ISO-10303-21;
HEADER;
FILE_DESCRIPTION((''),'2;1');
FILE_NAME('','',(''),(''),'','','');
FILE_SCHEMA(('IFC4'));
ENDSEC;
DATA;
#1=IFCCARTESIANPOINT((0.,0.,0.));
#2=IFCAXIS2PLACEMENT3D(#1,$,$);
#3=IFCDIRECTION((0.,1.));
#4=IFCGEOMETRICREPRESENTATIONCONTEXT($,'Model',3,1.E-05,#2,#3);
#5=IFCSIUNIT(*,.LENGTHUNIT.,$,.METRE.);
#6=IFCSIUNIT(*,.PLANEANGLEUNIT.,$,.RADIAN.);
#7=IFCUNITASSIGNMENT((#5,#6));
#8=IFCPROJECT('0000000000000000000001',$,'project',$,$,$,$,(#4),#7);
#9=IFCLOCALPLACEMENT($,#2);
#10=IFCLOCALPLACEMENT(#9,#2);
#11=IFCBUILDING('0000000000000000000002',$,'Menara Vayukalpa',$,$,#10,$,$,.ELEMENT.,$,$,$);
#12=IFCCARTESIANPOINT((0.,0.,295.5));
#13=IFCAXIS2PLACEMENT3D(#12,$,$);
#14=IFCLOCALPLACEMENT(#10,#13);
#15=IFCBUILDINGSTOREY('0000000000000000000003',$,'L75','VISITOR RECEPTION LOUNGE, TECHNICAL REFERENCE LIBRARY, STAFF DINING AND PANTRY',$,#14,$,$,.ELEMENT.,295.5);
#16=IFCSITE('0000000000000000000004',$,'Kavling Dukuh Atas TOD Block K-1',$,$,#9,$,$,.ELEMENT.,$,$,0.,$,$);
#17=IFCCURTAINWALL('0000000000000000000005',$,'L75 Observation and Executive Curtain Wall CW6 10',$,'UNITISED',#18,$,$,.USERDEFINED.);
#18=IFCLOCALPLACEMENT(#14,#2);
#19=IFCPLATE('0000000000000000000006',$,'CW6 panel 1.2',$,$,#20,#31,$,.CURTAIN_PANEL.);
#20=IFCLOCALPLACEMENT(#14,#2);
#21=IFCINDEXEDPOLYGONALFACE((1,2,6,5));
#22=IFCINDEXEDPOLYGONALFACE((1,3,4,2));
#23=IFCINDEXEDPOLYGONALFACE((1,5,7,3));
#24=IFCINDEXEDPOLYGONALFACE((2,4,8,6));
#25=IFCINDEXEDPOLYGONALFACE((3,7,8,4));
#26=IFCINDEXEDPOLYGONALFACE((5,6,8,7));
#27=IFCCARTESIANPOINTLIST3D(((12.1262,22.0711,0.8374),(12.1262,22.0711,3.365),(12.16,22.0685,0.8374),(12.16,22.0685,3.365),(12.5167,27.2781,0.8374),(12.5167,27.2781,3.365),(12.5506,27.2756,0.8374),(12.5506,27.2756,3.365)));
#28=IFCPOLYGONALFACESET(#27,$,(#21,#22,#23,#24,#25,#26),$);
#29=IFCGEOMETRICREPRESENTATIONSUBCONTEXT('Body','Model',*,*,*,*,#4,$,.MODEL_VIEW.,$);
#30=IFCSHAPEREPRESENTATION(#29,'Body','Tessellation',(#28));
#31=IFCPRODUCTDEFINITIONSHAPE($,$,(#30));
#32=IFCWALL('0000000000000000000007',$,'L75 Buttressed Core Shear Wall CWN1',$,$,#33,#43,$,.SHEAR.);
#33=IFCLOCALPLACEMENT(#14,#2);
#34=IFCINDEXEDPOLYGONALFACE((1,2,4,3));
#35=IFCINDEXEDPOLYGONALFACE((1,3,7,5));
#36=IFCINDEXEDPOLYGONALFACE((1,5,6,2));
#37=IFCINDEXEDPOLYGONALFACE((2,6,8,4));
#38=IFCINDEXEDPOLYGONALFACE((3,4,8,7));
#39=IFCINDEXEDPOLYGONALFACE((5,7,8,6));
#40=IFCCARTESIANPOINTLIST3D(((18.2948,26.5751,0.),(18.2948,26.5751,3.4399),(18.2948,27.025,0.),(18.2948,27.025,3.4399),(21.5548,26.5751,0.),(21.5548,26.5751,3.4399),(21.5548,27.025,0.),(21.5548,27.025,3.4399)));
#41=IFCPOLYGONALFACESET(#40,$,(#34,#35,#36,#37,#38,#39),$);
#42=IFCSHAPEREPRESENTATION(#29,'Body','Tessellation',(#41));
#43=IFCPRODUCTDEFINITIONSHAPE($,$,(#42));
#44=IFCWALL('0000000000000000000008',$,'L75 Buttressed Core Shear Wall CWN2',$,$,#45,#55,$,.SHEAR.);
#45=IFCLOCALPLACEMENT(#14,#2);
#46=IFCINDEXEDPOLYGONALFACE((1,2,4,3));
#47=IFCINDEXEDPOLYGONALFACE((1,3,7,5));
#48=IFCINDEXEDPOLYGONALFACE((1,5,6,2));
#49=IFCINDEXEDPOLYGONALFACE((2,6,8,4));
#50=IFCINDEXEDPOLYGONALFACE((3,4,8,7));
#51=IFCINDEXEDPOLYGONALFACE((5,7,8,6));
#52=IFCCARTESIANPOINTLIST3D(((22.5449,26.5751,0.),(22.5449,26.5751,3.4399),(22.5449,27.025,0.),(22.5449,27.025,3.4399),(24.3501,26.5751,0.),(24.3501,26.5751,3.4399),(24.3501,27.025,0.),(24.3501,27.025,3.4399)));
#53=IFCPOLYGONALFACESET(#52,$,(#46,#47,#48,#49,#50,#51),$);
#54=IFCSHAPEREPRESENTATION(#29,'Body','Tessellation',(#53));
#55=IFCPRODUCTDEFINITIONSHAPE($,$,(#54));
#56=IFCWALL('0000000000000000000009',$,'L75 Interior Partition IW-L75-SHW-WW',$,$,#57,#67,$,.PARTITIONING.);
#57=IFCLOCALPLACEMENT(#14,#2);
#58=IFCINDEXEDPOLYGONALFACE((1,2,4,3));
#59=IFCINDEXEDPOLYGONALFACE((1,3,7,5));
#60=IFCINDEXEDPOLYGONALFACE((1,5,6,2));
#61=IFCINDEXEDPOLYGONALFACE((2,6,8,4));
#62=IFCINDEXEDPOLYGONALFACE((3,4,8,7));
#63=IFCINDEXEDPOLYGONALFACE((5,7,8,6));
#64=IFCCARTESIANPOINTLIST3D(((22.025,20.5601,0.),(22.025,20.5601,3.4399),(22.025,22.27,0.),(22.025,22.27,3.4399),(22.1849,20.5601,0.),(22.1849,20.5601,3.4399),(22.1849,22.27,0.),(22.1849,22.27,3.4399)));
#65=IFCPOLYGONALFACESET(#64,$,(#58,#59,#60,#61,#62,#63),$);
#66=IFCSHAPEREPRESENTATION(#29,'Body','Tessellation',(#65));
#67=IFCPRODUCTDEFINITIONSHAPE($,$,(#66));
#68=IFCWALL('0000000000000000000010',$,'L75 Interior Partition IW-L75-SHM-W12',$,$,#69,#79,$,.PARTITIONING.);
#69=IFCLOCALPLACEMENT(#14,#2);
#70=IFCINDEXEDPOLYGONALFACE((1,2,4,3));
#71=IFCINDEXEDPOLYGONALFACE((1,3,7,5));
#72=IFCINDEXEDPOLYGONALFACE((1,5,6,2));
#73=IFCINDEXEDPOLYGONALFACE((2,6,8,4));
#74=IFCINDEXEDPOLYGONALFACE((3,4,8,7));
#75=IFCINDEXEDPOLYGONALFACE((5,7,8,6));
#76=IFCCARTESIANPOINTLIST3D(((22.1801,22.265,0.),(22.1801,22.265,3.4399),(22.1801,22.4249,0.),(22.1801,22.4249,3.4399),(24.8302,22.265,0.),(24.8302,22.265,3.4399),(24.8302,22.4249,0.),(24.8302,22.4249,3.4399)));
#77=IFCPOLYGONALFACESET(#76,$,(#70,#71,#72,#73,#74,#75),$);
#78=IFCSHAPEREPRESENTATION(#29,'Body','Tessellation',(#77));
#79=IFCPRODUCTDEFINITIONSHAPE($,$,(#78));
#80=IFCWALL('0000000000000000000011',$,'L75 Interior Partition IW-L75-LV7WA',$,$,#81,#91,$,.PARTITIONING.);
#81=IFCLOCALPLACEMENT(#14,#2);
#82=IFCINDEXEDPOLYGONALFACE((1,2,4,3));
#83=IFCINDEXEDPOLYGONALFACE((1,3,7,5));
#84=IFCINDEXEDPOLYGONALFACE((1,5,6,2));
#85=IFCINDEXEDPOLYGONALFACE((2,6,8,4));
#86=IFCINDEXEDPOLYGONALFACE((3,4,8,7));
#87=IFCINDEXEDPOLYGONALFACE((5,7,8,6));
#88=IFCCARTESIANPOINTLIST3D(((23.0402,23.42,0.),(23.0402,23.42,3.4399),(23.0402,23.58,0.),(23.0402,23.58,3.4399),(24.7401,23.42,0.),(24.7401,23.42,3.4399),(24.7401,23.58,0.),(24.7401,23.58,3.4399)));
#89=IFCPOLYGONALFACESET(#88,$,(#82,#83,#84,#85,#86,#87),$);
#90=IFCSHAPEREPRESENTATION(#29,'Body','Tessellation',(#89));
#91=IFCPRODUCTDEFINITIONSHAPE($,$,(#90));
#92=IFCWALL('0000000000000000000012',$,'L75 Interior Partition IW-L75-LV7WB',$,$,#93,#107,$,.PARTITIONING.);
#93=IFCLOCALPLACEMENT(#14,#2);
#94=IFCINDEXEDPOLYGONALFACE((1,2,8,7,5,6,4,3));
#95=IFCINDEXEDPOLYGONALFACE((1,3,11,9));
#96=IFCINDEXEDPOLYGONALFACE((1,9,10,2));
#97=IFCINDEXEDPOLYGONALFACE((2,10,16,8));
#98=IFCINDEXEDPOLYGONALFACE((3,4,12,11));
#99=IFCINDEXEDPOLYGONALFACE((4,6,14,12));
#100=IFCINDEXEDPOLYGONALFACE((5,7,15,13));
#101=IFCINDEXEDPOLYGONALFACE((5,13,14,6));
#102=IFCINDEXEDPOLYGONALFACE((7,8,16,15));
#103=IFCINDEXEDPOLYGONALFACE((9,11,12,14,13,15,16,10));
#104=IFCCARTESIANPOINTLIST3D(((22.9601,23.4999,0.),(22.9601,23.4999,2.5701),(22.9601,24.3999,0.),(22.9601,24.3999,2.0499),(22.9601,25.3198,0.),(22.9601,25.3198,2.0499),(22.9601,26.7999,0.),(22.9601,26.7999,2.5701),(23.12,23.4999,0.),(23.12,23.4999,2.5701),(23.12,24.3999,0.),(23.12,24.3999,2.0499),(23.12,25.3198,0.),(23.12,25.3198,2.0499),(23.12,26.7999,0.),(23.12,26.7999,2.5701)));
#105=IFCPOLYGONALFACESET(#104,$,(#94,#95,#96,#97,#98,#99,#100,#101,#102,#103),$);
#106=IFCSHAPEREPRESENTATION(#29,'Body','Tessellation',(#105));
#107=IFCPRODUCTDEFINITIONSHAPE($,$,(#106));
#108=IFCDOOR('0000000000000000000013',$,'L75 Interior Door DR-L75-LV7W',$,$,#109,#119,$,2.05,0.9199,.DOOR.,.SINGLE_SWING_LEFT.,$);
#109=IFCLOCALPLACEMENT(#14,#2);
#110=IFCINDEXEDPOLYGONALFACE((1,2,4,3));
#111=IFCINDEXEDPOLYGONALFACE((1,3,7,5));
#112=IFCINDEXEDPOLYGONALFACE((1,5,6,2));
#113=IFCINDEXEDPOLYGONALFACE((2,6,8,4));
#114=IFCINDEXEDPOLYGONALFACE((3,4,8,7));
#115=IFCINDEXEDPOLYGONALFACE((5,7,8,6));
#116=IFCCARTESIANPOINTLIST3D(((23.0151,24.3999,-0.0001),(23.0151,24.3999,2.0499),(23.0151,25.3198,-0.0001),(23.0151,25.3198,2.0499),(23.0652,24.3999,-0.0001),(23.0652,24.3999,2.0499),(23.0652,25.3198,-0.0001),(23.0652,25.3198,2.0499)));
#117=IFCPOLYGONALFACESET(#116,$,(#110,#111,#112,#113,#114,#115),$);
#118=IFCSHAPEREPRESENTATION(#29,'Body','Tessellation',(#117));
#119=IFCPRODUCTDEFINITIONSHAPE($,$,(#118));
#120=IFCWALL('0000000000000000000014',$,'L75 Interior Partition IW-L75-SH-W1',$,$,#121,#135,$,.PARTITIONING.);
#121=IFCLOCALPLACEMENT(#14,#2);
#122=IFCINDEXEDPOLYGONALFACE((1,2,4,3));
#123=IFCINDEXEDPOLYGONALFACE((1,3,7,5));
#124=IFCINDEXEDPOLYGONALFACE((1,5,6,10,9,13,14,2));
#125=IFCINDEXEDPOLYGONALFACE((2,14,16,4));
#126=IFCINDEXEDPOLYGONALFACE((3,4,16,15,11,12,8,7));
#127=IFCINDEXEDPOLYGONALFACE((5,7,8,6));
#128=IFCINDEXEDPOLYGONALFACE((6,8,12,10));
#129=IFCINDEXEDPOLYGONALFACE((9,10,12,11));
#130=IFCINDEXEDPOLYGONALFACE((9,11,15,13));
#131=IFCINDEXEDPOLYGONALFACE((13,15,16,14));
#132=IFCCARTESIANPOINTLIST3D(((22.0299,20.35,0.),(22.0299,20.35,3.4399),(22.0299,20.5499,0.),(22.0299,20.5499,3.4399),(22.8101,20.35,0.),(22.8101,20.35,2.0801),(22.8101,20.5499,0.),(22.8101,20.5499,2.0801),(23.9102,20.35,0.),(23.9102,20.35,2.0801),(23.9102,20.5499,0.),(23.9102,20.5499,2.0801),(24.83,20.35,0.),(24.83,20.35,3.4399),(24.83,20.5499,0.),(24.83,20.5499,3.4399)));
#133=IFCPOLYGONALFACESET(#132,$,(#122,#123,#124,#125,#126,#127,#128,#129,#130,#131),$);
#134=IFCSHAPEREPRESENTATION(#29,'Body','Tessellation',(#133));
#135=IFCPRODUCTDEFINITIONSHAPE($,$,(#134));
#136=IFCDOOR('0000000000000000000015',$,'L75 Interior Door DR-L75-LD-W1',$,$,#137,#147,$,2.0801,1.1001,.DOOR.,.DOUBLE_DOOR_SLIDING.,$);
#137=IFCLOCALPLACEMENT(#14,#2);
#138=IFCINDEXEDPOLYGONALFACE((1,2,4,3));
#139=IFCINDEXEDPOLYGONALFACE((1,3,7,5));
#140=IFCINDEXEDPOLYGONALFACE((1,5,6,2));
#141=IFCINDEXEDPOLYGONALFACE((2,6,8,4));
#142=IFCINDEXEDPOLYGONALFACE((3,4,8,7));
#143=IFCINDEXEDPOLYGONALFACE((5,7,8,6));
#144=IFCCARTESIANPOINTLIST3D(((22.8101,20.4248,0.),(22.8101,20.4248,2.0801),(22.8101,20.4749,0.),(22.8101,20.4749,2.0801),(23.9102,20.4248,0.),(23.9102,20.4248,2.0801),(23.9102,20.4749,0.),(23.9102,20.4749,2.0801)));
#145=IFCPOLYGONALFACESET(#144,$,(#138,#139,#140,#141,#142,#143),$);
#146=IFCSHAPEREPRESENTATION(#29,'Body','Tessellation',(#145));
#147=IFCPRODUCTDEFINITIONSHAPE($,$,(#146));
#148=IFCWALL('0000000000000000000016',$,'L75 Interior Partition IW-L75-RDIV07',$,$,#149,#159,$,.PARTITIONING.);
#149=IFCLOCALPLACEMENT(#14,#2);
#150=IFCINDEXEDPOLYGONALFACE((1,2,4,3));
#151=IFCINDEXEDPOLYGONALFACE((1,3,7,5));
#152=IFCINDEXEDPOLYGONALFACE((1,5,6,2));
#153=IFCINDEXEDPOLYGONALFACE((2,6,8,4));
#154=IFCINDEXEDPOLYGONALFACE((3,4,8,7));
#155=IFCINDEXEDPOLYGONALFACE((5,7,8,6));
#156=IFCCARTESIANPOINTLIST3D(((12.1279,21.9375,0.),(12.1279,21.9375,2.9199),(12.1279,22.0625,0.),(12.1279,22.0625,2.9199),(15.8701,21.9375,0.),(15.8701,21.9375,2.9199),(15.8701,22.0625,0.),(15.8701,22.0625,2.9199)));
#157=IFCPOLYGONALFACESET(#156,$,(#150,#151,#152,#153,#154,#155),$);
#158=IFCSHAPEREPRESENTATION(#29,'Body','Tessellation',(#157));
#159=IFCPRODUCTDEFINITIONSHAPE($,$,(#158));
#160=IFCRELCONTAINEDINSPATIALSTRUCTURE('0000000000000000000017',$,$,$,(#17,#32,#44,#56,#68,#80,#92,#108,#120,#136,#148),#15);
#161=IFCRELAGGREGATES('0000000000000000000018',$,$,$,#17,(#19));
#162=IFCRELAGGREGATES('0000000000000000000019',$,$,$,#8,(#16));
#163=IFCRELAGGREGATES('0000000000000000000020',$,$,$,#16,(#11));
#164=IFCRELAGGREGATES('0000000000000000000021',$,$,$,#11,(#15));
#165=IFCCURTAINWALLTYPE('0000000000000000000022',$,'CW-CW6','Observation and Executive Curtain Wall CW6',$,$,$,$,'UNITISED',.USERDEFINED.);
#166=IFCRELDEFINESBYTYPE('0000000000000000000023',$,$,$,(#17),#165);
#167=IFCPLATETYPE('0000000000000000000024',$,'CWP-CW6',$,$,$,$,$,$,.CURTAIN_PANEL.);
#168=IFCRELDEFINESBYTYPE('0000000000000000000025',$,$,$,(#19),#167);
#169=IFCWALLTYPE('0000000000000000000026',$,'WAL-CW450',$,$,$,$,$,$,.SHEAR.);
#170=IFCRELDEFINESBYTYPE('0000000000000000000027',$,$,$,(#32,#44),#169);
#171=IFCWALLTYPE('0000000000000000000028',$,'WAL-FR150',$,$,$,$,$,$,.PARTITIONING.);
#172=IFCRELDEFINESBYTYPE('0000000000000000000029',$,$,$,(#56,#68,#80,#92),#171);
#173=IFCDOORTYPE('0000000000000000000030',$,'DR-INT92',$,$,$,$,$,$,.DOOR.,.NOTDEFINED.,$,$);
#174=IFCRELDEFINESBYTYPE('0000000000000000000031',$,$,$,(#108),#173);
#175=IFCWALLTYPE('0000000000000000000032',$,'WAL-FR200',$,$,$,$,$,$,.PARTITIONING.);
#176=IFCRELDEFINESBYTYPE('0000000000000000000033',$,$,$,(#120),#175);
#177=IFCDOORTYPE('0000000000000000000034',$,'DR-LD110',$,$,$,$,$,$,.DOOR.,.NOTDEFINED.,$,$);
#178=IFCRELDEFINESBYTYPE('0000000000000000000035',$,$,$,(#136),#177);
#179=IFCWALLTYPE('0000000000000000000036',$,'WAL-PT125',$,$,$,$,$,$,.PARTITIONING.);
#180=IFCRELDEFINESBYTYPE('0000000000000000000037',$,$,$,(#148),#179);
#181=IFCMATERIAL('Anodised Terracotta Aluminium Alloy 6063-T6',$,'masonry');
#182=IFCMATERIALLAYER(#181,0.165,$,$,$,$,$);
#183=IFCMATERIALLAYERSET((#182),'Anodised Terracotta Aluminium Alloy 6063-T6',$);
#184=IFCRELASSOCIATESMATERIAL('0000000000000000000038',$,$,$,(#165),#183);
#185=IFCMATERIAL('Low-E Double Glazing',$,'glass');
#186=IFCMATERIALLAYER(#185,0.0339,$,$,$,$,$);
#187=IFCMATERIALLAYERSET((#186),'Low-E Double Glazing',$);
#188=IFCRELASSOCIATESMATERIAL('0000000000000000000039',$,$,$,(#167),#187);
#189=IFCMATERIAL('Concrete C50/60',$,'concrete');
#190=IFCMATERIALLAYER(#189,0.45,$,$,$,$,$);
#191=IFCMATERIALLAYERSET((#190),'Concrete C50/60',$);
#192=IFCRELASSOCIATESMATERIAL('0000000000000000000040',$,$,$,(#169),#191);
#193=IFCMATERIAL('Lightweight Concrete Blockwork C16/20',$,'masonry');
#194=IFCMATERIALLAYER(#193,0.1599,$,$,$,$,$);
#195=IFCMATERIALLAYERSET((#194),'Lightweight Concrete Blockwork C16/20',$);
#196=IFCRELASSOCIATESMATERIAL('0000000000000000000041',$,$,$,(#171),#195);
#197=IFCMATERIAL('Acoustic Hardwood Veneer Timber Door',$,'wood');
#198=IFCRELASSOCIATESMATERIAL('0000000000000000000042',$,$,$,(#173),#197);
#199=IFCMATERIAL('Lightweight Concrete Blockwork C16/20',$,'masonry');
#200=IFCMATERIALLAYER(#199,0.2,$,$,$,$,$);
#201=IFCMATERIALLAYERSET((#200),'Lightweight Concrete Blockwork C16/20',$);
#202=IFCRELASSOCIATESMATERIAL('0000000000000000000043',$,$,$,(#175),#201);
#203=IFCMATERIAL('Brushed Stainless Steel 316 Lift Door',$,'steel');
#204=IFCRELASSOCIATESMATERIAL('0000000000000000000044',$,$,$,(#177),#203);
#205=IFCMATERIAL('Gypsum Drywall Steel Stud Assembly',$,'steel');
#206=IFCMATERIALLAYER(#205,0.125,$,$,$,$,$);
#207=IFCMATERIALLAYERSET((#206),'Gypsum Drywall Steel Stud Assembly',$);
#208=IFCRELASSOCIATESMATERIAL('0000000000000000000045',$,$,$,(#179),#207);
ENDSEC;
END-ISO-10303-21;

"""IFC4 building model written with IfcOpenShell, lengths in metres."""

from ifc_helpers import new_model, si_unit, direction, frame, frame_2d, origin, origin_2d, place, context, subcontext, project, spatial, rectangle, extrude, material, layer, layer_set, type_object, element, fill, aggregate, save


model = new_model("IFC4")

# Units and contexts
model_context = context("Model", 3, precision=1e-05, world=origin(), true_north=direction((0.0, 1.0)))
body_context = subcontext(model_context, "Body", "Model", "MODEL_VIEW")
ifc_project = project(units=[si_unit("LENGTHUNIT", "METRE"), si_unit("PLANEANGLEUNIT", "RADIAN")], contexts=[model_context])

# Site, building, storey
site_placement = place(None, origin())
site = spatial("IfcSite", under=ifc_project, at=site_placement, Name="Kavling Dukuh Atas TOD Block K-1", CompositionType="ELEMENT", RefElevation=0.0)
building_placement = place(site_placement, origin())
building = spatial("IfcBuilding", under=site, at=building_placement, Name="Menara Vayukalpa", CompositionType="ELEMENT")
storey_placement = place(building_placement, frame((0.0, 0.0, 295.5)))
storey = spatial("IfcBuildingStorey", under=building, at=storey_placement, Name="L75", Description="VISITOR RECEPTION LOUNGE, TECHNICAL REFERENCE LIBRARY, STAFF DINING AND PANTRY", CompositionType="ELEMENT", Elevation=295.5)

# Curtain wall
ifc_material_1 = material(Name="Anodised Terracotta Aluminium Alloy 6063-T6", Category="masonry")
ifc_layer_1 = layer(ifc_material_1, 0.165)
ifc_layer_set_1 = layer_set([ifc_layer_1], Name="Anodised Terracotta Aluminium Alloy 6063-T6")
curtain_wall_type = type_object("IfcCurtainWallType", Name="CW-CW6", Description="Observation and Executive Curtain Wall CW6", ElementType="UNITISED", PredefinedType="USERDEFINED", material=ifc_layer_set_1)
curtain_wall_1_placement = place(storey_placement, origin())
curtain_wall_1 = element("IfcCurtainWall", 1, at=curtain_wall_1_placement, inside=storey, type_object=curtain_wall_type, Name="L75 Observation and Executive Curtain Wall CW6 10", ObjectType="UNITISED", PredefinedType="USERDEFINED")

# Plate
ifc_material_2 = material(Name="Low-E Double Glazing", Category="glass")
ifc_layer_2 = layer(ifc_material_2, 0.0339)
ifc_layer_set_2 = layer_set([ifc_layer_2], Name="Low-E Double Glazing")
plate_type = type_object("IfcPlateType", Name="CWP-CW6", PredefinedType="CURTAIN_PANEL", material=ifc_layer_set_2)
plate_1_placement = place(storey_placement, frame((12.3384, 24.6733, 0.8374), z_axis=(0.0, 0.0, 1.0), x_axis=(-0.074789, -0.997199, 0.0)))
plate_1 = element("IfcPlate", 2, at=plate_1_placement, type_object=plate_type, Name="CW6 panel 1.2", PredefinedType="CURTAIN_PANEL", context=body_context, shape_type="SweptSolid", body=[
    extrude(rectangle(XDim=5.2217, YDim=0.0339, at=origin_2d()), origin(), (0.0, 0.0, 1.0), 2.5276),
])
aggregate(curtain_wall_1, [plate_1])

# Walls
ifc_material_3 = material(Name="Concrete C50/60", Category="concrete")
ifc_layer_3 = layer(ifc_material_3, 0.45)
ifc_layer_set_3 = layer_set([ifc_layer_3], Name="Concrete C50/60")
wall_type_1 = type_object("IfcWallType", Name="WAL-CW450", PredefinedType="SHEAR", material=ifc_layer_set_3)
wall_1_placement = place(storey_placement, frame((18.2949, 26.8, 0.0), z_axis=(0.0, 0.0, 1.0), x_axis=(1.0, 0.0, 0.0)))
element("IfcWall", 3, at=wall_1_placement, inside=storey, type_object=wall_type_1, Name="L75 Buttressed Core Shear Wall CWN1", PredefinedType="SHEAR", context=body_context, shape_type="SweptSolid", body=[
    extrude(rectangle(XDim=3.26, YDim=0.45, at=frame_2d((1.6299, 0.0))), origin(), (0.0, 0.0, 1.0), 3.4399),
])
wall_2_placement = place(storey_placement, frame((22.5449, 26.8, 0.0), z_axis=(0.0, 0.0, 1.0), x_axis=(1.0, 0.0, 0.0)))
element("IfcWall", 4, at=wall_2_placement, inside=storey, type_object=wall_type_1, Name="L75 Buttressed Core Shear Wall CWN2", PredefinedType="SHEAR", context=body_context, shape_type="SweptSolid", body=[
    extrude(rectangle(XDim=1.8052, YDim=0.45, at=frame_2d((0.9026, 0.0))), origin(), (0.0, 0.0, 1.0), 3.4399),
])
ifc_material_4 = material(Name="Lightweight Concrete Blockwork C16/20", Category="masonry")
ifc_layer_4 = layer(ifc_material_4, 0.1599)
ifc_layer_set_4 = layer_set([ifc_layer_4], Name="Lightweight Concrete Blockwork C16/20")
wall_type_2 = type_object("IfcWallType", Name="WAL-FR150", PredefinedType="PARTITIONING", material=ifc_layer_set_4)
wall_3_placement = place(storey_placement, frame((22.105, 20.5601, 0.0), z_axis=(0.0, 0.0, 1.0), x_axis=(0.0, 1.0, 0.0)))
element("IfcWall", 5, at=wall_3_placement, inside=storey, type_object=wall_type_2, Name="L75 Interior Partition IW-L75-SHW-WW", PredefinedType="PARTITIONING", context=body_context, shape_type="SweptSolid", body=[
    extrude(rectangle(XDim=1.71, YDim=0.1599, at=frame_2d((0.855, 0.0))), origin(), (0.0, 0.0, 1.0), 3.4399),
])
wall_4_placement = place(storey_placement, frame((22.1799, 22.345, 0.0), z_axis=(0.0, 0.0, 1.0), x_axis=(1.0, 0.0, 0.0)))
element("IfcWall", 6, at=wall_4_placement, inside=storey, type_object=wall_type_2, Name="L75 Interior Partition IW-L75-SHM-W12", PredefinedType="PARTITIONING", context=body_context, shape_type="SweptSolid", body=[
    extrude(rectangle(XDim=2.6501, YDim=0.1599, at=frame_2d((1.3252, 0.0))), origin(), (0.0, 0.0, 1.0), 3.4399),
])
wall_5_placement = place(storey_placement, frame((23.04, 23.5, 0.0), z_axis=(0.0, 0.0, 1.0), x_axis=(1.0, 0.0, 0.0)))
element("IfcWall", 7, at=wall_5_placement, inside=storey, type_object=wall_type_2, Name="L75 Interior Partition IW-L75-LV7WA", PredefinedType="PARTITIONING", context=body_context, shape_type="SweptSolid", body=[
    extrude(rectangle(XDim=1.7, YDim=0.1599, at=frame_2d((0.8501, 0.0))), origin(), (0.0, 0.0, 1.0), 3.4399),
])

# Walls, openings, doors
wall_6_placement = place(storey_placement, frame((23.04, 23.5, 0.0), z_axis=(0.0, 0.0, 1.0), x_axis=(0.0, 1.0, 0.0)))
wall_6 = element("IfcWall", 8, at=wall_6_placement, inside=storey, type_object=wall_type_2, Name="L75 Interior Partition IW-L75-LV7WB", PredefinedType="PARTITIONING", context=body_context, shape_type="SweptSolid", body=[
    extrude(rectangle(XDim=3.3, YDim=0.1599, at=frame_2d((1.6499, 0.0))), origin(), (0.0, 0.0, 1.0), 2.5701),
])
opening_1_placement = place(wall_6_placement, frame((0.8999, 0.0, 0.0)))
opening_1 = element("IfcOpeningElement", 9, at=opening_1_placement, cuts=wall_6, PredefinedType="OPENING", context=body_context, shape_type="SweptSolid", body=[
    extrude(rectangle(XDim=0.9199, YDim=2.05, at=frame_2d((0.46, 1.0249))), frame((0.0, 0.0898, 0.0), z_axis=(0.0, -1.0, 0.0), x_axis=(1.0, 0.0, 0.0)), (0.0, 0.0, 1.0), 0.1799),
])
ifc_material_5 = material(Name="Acoustic Hardwood Veneer Timber Door", Category="wood")
door_type_1 = type_object("IfcDoorType", Name="DR-INT92", OperationType="NOTDEFINED", PredefinedType="DOOR", material=ifc_material_5)
door_1_placement = place(opening_1_placement, origin())
door_1 = element("IfcDoor", 10, at=door_1_placement, inside=storey, type_object=door_type_1, Name="L75 Interior Door DR-L75-LV7W", OperationType="SINGLE_SWING_LEFT", OverallHeight=2.05, OverallWidth=0.9199, PredefinedType="DOOR", context=body_context, shape_type="SweptSolid", body=[
    extrude(rectangle(XDim=0.9199, YDim=2.05, at=frame_2d((0.46, 1.0249))), frame((0.0, 0.0249, 0.0), z_axis=(0.0, -1.0, 0.0), x_axis=(1.0, 0.0, 0.0)), (0.0, 0.0, 1.0), 0.05),
])
fill(opening_1, door_1)
ifc_material_6 = material(Name="Lightweight Concrete Blockwork C16/20", Category="masonry")
ifc_layer_5 = layer(ifc_material_6, 0.2)
ifc_layer_set_5 = layer_set([ifc_layer_5], Name="Lightweight Concrete Blockwork C16/20")
wall_type_3 = type_object("IfcWallType", Name="WAL-FR200", PredefinedType="PARTITIONING", material=ifc_layer_set_5)
wall_7_placement = place(storey_placement, frame((22.03, 20.45, 0.0), z_axis=(0.0, 0.0, 1.0), x_axis=(1.0, 0.0, 0.0)))
wall_7 = element("IfcWall", 11, at=wall_7_placement, inside=storey, type_object=wall_type_3, Name="L75 Interior Partition IW-L75-SH-W1", PredefinedType="PARTITIONING", context=body_context, shape_type="SweptSolid", body=[
    extrude(rectangle(XDim=2.8, YDim=0.2, at=frame_2d((1.3999, 0.0))), origin(), (0.0, 0.0, 1.0), 3.4399),
])
opening_2_placement = place(wall_7_placement, frame((0.78, 0.0, 0.0)))
opening_2 = element("IfcOpeningElement", 12, at=opening_2_placement, cuts=wall_7, PredefinedType="OPENING", context=body_context, shape_type="SweptSolid", body=[
    extrude(rectangle(XDim=1.1001, YDim=2.0801, at=frame_2d((0.55, 1.04))), frame((0.0, 0.1099, 0.0), z_axis=(0.0, -1.0, 0.0), x_axis=(1.0, 0.0, 0.0)), (0.0, 0.0, 1.0), 0.22),
])
ifc_material_7 = material(Name="Brushed Stainless Steel 316 Lift Door", Category="steel")
door_type_2 = type_object("IfcDoorType", Name="DR-LD110", OperationType="NOTDEFINED", PredefinedType="DOOR", material=ifc_material_7)
door_2_placement = place(opening_2_placement, origin())
door_2 = element("IfcDoor", 13, at=door_2_placement, inside=storey, type_object=door_type_2, Name="L75 Interior Door DR-L75-LD-W1", OperationType="DOUBLE_DOOR_SLIDING", OverallHeight=2.0801, OverallWidth=1.1001, PredefinedType="DOOR", context=body_context, shape_type="SweptSolid", body=[
    extrude(rectangle(XDim=1.1001, YDim=2.0801, at=frame_2d((0.55, 1.04))), frame((0.0, 0.0249, 0.0), z_axis=(0.0, -1.0, 0.0), x_axis=(1.0, 0.0, 0.0)), (0.0, 0.0, 1.0), 0.05),
])
fill(opening_2, door_2)

# Wall
ifc_material_8 = material(Name="Gypsum Drywall Steel Stud Assembly", Category="steel")
ifc_layer_6 = layer(ifc_material_8, 0.125)
ifc_layer_set_6 = layer_set([ifc_layer_6], Name="Gypsum Drywall Steel Stud Assembly")
wall_type_4 = type_object("IfcWallType", Name="WAL-PT125", PredefinedType="PARTITIONING", material=ifc_layer_set_6)
wall_8_placement = place(storey_placement, frame((12.1279, 22.0, 0.0), z_axis=(0.0, 0.0, 1.0), x_axis=(1.0, 0.0, 0.0)))
element("IfcWall", 14, at=wall_8_placement, inside=storey, type_object=wall_type_4, Name="L75 Interior Partition IW-L75-RDIV07", PredefinedType="PARTITIONING", context=body_context, shape_type="SweptSolid", body=[
    extrude(rectangle(XDim=3.7422, YDim=0.125, at=frame_2d((1.8711, 0.0))), origin(), (0.0, 0.0, 1.0), 2.9199),
])

save(model, "model.ifc")
